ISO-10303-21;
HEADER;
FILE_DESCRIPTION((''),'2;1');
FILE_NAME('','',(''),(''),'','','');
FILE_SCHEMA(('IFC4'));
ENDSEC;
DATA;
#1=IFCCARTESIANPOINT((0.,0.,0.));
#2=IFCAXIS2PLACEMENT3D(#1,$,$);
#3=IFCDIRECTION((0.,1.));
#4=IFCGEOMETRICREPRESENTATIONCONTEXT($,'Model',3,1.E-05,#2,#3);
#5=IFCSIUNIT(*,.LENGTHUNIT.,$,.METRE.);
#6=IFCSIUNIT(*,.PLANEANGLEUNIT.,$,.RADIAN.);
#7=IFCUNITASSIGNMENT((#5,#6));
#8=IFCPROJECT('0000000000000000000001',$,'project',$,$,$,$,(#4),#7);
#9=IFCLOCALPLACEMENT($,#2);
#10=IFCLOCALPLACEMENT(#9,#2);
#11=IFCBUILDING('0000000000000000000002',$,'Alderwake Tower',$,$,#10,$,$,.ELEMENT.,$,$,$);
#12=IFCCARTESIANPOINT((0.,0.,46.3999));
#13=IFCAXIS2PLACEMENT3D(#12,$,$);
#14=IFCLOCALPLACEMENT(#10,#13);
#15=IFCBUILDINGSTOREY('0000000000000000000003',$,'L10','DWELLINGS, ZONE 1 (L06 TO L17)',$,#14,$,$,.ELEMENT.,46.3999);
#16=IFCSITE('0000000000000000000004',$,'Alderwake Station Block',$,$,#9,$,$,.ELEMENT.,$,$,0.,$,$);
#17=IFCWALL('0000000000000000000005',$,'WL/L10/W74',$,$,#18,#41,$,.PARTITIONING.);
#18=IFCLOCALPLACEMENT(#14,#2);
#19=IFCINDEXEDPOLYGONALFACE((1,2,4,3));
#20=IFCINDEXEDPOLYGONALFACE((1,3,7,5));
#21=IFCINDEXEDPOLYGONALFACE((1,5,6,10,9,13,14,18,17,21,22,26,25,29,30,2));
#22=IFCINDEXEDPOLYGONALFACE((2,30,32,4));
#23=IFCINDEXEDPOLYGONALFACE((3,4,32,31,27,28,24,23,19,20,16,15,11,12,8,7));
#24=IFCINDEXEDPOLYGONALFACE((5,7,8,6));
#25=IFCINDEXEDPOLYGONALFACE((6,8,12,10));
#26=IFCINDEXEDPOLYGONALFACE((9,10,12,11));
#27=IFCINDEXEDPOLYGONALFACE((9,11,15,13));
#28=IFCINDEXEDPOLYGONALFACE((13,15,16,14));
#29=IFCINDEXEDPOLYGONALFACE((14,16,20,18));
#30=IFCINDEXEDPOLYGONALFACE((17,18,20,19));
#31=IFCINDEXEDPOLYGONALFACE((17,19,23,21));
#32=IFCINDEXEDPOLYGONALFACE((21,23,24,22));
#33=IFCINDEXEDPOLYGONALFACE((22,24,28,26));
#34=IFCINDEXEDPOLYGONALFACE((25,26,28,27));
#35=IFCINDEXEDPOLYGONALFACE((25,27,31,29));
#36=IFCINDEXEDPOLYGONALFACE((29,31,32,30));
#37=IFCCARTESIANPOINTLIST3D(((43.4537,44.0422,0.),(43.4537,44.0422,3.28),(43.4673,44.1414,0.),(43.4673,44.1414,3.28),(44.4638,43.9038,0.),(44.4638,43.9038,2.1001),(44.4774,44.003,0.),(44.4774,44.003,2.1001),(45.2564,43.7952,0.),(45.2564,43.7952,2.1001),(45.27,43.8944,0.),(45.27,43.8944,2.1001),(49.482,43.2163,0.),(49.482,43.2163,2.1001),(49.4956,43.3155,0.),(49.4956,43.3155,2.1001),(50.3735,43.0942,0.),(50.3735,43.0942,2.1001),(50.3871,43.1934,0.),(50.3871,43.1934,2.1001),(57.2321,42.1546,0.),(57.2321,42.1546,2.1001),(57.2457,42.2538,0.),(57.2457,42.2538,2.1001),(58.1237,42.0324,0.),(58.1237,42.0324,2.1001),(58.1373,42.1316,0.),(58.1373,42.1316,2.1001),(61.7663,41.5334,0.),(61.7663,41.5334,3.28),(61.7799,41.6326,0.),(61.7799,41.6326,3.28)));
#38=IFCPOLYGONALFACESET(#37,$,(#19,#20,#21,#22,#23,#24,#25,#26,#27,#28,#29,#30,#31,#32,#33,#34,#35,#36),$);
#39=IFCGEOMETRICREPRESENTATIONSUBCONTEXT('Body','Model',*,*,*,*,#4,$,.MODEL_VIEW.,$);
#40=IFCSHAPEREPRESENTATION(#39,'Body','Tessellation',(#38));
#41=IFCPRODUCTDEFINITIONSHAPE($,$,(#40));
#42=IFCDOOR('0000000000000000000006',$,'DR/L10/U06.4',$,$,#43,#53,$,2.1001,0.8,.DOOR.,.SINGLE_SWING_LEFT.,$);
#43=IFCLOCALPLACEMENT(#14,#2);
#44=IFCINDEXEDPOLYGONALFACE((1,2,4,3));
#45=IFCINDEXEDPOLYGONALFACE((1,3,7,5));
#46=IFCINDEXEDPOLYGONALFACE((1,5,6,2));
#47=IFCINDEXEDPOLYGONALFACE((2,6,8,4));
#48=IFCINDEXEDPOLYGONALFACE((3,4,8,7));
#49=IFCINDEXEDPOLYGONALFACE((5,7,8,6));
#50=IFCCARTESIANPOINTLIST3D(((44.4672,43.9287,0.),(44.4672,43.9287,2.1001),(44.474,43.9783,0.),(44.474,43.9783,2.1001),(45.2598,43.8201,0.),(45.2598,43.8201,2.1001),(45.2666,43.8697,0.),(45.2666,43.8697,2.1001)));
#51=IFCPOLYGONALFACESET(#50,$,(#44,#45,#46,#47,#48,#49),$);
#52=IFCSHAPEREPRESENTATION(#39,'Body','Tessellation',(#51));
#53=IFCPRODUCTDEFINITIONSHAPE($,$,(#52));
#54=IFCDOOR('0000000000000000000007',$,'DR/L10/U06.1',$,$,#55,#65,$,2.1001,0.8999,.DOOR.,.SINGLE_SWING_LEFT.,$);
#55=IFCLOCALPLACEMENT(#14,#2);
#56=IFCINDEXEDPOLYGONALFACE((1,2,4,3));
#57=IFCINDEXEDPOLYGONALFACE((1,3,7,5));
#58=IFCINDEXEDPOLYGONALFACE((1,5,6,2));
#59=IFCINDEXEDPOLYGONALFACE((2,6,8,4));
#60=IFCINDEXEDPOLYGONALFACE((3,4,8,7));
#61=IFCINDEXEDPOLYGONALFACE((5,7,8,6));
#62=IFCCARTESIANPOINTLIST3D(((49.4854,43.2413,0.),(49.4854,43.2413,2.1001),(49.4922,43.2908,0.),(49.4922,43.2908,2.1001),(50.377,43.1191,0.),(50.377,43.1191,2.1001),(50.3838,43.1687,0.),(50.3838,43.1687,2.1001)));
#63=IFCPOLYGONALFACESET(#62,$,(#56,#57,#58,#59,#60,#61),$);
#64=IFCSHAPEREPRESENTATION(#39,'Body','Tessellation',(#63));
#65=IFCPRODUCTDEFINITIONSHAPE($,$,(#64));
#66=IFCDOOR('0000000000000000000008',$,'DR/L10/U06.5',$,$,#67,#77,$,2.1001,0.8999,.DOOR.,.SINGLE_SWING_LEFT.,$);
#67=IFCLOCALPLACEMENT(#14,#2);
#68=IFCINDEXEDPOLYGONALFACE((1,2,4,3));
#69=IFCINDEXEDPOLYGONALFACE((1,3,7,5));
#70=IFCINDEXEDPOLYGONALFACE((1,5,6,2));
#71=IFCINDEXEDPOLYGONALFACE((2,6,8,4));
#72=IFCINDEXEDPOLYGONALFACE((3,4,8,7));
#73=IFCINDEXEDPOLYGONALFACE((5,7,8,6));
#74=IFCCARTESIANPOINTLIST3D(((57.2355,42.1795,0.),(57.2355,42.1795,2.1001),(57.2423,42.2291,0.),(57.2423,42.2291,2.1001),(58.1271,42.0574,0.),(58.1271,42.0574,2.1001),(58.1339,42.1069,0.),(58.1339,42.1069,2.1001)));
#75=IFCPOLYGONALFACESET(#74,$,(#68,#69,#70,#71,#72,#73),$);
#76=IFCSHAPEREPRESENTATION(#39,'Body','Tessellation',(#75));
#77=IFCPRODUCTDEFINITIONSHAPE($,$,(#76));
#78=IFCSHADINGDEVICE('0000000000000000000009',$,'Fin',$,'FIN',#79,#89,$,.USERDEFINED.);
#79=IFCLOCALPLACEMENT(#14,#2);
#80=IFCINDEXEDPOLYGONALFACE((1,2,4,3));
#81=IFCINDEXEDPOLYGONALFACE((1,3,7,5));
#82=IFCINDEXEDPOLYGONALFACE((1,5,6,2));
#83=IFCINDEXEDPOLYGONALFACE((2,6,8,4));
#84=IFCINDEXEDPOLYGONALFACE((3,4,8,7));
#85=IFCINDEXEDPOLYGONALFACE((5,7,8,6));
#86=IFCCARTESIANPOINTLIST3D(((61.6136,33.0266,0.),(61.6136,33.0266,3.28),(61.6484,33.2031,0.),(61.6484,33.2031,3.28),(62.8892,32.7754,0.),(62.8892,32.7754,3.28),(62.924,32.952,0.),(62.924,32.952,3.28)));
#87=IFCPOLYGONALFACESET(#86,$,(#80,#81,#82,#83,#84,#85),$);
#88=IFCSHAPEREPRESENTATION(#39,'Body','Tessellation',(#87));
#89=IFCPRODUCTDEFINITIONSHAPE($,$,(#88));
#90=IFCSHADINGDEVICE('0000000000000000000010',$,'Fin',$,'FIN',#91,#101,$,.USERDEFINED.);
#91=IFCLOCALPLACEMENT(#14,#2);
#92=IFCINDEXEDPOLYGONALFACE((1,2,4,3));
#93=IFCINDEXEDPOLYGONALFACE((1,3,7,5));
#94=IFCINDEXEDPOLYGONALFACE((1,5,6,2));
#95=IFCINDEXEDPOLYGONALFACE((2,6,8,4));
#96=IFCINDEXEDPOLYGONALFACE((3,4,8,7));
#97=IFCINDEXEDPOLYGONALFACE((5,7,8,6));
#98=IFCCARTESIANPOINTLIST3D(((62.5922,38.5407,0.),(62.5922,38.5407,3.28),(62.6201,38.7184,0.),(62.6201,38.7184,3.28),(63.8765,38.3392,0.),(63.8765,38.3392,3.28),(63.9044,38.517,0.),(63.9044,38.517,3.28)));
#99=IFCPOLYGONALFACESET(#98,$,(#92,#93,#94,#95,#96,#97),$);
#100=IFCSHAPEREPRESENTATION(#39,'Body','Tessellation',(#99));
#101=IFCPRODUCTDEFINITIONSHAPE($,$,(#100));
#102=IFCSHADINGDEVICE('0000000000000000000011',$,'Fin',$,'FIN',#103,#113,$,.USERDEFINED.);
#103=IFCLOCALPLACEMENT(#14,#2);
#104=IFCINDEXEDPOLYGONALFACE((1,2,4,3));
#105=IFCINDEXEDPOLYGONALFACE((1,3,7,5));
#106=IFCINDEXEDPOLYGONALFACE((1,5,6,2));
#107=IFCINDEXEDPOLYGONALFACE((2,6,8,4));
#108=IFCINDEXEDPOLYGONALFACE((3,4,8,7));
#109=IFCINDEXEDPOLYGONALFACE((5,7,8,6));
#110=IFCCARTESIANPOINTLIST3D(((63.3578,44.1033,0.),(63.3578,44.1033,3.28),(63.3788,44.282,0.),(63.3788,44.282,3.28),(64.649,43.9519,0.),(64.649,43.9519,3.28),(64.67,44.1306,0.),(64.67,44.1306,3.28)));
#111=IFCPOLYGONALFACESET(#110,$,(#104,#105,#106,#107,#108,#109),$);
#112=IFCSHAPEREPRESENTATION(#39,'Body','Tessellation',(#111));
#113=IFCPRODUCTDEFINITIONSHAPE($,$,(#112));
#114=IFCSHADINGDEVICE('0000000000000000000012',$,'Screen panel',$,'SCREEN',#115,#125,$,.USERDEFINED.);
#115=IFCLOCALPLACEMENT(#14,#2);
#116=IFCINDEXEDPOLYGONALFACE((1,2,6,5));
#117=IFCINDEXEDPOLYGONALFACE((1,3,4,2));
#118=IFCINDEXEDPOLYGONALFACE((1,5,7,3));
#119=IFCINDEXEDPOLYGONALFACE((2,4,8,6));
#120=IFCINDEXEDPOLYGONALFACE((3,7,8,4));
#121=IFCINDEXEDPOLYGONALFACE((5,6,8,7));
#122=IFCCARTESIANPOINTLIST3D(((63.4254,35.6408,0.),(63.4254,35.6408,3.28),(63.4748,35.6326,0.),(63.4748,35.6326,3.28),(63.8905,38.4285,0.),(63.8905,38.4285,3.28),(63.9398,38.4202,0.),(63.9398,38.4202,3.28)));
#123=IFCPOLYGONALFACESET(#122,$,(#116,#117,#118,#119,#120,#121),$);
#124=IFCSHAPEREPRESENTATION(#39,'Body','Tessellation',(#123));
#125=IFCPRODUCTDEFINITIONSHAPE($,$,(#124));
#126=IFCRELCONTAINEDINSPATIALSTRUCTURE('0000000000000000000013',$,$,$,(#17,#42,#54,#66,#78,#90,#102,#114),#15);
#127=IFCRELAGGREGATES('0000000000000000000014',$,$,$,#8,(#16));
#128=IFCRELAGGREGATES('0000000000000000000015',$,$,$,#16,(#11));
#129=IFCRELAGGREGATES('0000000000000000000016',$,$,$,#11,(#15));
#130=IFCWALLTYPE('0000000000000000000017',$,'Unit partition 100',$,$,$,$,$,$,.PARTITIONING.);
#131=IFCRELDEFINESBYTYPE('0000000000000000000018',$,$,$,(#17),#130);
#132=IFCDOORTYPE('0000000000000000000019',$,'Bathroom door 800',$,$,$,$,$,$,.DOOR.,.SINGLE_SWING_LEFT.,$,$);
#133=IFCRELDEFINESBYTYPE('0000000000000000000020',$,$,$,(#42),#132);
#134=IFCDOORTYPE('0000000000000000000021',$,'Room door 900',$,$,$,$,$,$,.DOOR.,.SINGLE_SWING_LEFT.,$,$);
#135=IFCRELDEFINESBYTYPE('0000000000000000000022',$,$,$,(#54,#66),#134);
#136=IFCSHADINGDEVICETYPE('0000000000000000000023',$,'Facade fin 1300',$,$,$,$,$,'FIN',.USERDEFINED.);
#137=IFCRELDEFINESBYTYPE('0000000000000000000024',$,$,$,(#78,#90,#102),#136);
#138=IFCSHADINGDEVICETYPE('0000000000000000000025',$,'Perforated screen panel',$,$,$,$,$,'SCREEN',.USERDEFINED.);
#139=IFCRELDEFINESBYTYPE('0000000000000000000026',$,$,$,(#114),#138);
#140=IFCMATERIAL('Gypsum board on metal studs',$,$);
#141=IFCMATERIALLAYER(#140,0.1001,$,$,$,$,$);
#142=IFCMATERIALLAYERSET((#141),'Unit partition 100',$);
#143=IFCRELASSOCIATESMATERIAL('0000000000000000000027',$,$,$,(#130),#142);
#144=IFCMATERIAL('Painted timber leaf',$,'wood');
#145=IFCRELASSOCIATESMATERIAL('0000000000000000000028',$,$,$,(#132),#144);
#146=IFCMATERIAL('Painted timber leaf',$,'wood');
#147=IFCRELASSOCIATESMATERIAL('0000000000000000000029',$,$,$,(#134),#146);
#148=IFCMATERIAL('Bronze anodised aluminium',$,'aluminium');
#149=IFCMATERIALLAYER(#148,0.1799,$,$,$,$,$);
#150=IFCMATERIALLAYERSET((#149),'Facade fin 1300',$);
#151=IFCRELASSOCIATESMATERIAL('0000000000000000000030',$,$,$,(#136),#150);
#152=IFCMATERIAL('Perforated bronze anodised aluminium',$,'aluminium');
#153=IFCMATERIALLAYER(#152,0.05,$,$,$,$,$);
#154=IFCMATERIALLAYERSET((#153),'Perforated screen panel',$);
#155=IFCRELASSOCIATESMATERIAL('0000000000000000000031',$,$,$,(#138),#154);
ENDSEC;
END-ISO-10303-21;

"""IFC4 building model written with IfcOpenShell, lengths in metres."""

from ifc_helpers import new_model, si_unit, direction, frame, frame_2d, origin, origin_2d, place, context, subcontext, project, spatial, rectangle, extrude, material, layer, layer_set, type_object, element, fill, save


model = new_model("IFC4")

# Units and contexts
model_context = context("Model", 3, precision=1e-05, world=origin(), true_north=direction((0.0, 1.0)))
body_context = subcontext(model_context, "Body", "Model", "MODEL_VIEW")
ifc_project = project(units=[si_unit("LENGTHUNIT", "METRE"), si_unit("PLANEANGLEUNIT", "RADIAN")], contexts=[model_context])

# Site, building, storey
site_placement = place(None, origin())
site = spatial("IfcSite", under=ifc_project, at=site_placement, Name="Alderwake Station Block", CompositionType="ELEMENT", RefElevation=0.0)
building_placement = place(site_placement, origin())
building = spatial("IfcBuilding", under=site, at=building_placement, Name="Alderwake Tower", CompositionType="ELEMENT")
storey_placement = place(building_placement, frame((0.0, 0.0, 46.3999)))
storey = spatial("IfcBuildingStorey", under=building, at=storey_placement, Name="L10", Description="DWELLINGS, ZONE 1 (L06 TO L17)", CompositionType="ELEMENT", Elevation=46.3999)

# Wall, openings, doors
ifc_material_1 = material(Name="Gypsum board on metal studs")
ifc_layer_1 = layer(ifc_material_1, 0.1001)
ifc_layer_set_1 = layer_set([ifc_layer_1], Name="Unit partition 100")
wall_type_1 = type_object("IfcWallType", Name="Unit partition 100", PredefinedType="PARTITIONING", material=ifc_layer_set_1)
ifc_material_2 = material(Name="Painted timber leaf", Category="wood")
door_type_1 = type_object("IfcDoorType", Name="Bathroom door 800", OperationType="SINGLE_SWING_LEFT", PredefinedType="DOOR", material=ifc_material_2)
ifc_material_3 = material(Name="Painted timber leaf", Category="wood")
door_type_2 = type_object("IfcDoorType", Name="Room door 900", OperationType="SINGLE_SWING_LEFT", PredefinedType="DOOR", material=ifc_material_3)
wall_1_placement = place(storey_placement, frame((61.7729, 41.583, 0.0), z_axis=(0.0, 0.0, 1.0), x_axis=(-0.990746, 0.135731, 0.0)))
wall_1 = element("IfcWall", 1, at=wall_1_placement, inside=storey, type_object=wall_type_1, Name="WL/L10/W74", PredefinedType="PARTITIONING", context=body_context, shape_type="SweptSolid", body=[
    extrude(rectangle(XDim=18.4836, YDim=0.1001, at=frame_2d((9.2417, 0.0))), origin(), (0.0, 0.0, 1.0), 3.28),
])
opening_1_placement = place(wall_1_placement, frame((11.499, 0.0, 0.0)))
opening_1 = element("IfcOpeningElement", 2, at=opening_1_placement, cuts=wall_1, PredefinedType="OPENING", context=body_context, shape_type="SweptSolid", body=[
    extrude(rectangle(XDim=0.8999, YDim=2.1001, at=frame_2d((0.45, 1.05))), frame((0.0, 0.0601, 0.0), z_axis=(0.0, -1.0, 0.0), x_axis=(1.0, 0.0, 0.0)), (0.0, 0.0, 1.0), 0.1201),
])
opening_2_placement = place(wall_1_placement, frame((16.6641, 0.0, 0.0)))
opening_2 = element("IfcOpeningElement", 3, at=opening_2_placement, cuts=wall_1, PredefinedType="OPENING", context=body_context, shape_type="SweptSolid", body=[
    extrude(rectangle(XDim=0.8, YDim=2.1001, at=frame_2d((0.3999, 1.05))), frame((0.0, 0.0601, 0.0), z_axis=(0.0, -1.0, 0.0), x_axis=(1.0, 0.0, 0.0)), (0.0, 0.0, 1.0), 0.1201),
])
opening_3_placement = place(wall_1_placement, frame((3.6765, 0.0, 0.0)))
opening_3 = element("IfcOpeningElement", 4, at=opening_3_placement, cuts=wall_1, PredefinedType="OPENING", context=body_context, shape_type="SweptSolid", body=[
    extrude(rectangle(XDim=0.8999, YDim=2.1001, at=frame_2d((0.45, 1.05))), frame((0.0, 0.0601, 0.0), z_axis=(0.0, -1.0, 0.0), x_axis=(1.0, 0.0, 0.0)), (0.0, 0.0, 1.0), 0.1201),
])
door_1_placement = place(opening_2_placement, origin())
door_1 = element("IfcDoor", 5, at=door_1_placement, inside=storey, type_object=door_type_1, Name="DR/L10/U06.4", OperationType="SINGLE_SWING_LEFT", OverallHeight=2.1001, OverallWidth=0.8, PredefinedType="DOOR", context=body_context, shape_type="SweptSolid", body=[
    extrude(rectangle(XDim=0.8, YDim=2.1001, at=frame_2d((0.3999, 1.05))), frame((0.0, 0.0249, 0.0), z_axis=(0.0, -1.0, 0.0), x_axis=(1.0, 0.0, 0.0)), (0.0, 0.0, 1.0), 0.05),
])
fill(opening_2, door_1)
door_2_placement = place(opening_1_placement, origin())
door_2 = element("IfcDoor", 6, at=door_2_placement, inside=storey, type_object=door_type_2, Name="DR/L10/U06.1", OperationType="SINGLE_SWING_LEFT", OverallHeight=2.1001, OverallWidth=0.8999, PredefinedType="DOOR", context=body_context, shape_type="SweptSolid", body=[
    extrude(rectangle(XDim=0.8999, YDim=2.1001, at=frame_2d((0.45, 1.05))), frame((0.0, 0.0249, 0.0), z_axis=(0.0, -1.0, 0.0), x_axis=(1.0, 0.0, 0.0)), (0.0, 0.0, 1.0), 0.05),
])
fill(opening_1, door_2)
door_3_placement = place(opening_3_placement, origin())
door_3 = element("IfcDoor", 7, at=door_3_placement, inside=storey, type_object=door_type_2, Name="DR/L10/U06.5", OperationType="SINGLE_SWING_LEFT", OverallHeight=2.1001, OverallWidth=0.8999, PredefinedType="DOOR", context=body_context, shape_type="SweptSolid", body=[
    extrude(rectangle(XDim=0.8999, YDim=2.1001, at=frame_2d((0.45, 1.05))), frame((0.0, 0.0249, 0.0), z_axis=(0.0, -1.0, 0.0), x_axis=(1.0, 0.0, 0.0)), (0.0, 0.0, 1.0), 0.05),
])
fill(opening_3, door_3)

# Shading devices
ifc_material_4 = material(Name="Bronze anodised aluminium", Category="aluminium")
ifc_layer_2 = layer(ifc_material_4, 0.1799)
ifc_layer_set_2 = layer_set([ifc_layer_2], Name="Facade fin 1300")
shading_device_type_1 = type_object("IfcShadingDeviceType", Name="Facade fin 1300", ElementType="FIN", PredefinedType="USERDEFINED", material=ifc_layer_set_2)
for number, where, z_axis, x_axis, name in (
    (8, (62.2688, 32.9893, 0.0), (0.0, 0.0, 1.0), (0.981164, -0.193178, 0.0), "Fin"),
    (9, (63.2483, 38.5288, 0.0), (0.0, 0.0, 1.0), (0.987919, -0.154972, 0.0), "Fin"),
    (10, (64.0139, 44.1169, 0.0), (0.0, 0.0, 1.0), (0.993198, -0.116435, 0.0), "Fin"),
):
    element("IfcShadingDevice", number, at=place(storey_placement, frame(where, z_axis=z_axis, x_axis=x_axis)), inside=storey, type_object=shading_device_type_1, Name=name, ObjectType="FIN", PredefinedType="USERDEFINED", context=body_context, shape_type="SweptSolid", body=[
        extrude(rectangle(XDim=1.3, YDim=0.1799, at=origin_2d()), origin(), (0.0, 0.0, 1.0), 3.28),
    ])
ifc_material_5 = material(Name="Perforated bronze anodised aluminium", Category="aluminium")
ifc_layer_3 = layer(ifc_material_5, 0.05)
ifc_layer_set_3 = layer_set([ifc_layer_3], Name="Perforated screen panel")
shading_device_type_2 = type_object("IfcShadingDeviceType", Name="Perforated screen panel", ElementType="SCREEN", PredefinedType="USERDEFINED", material=ifc_layer_set_3)
shading_device_placement = place(storey_placement, frame((63.6826, 37.0305, 0.0), z_axis=(0.0, 0.0, 1.0), x_axis=(0.986369, -0.164548, 0.0)))
element("IfcShadingDevice", 11, at=shading_device_placement, inside=storey, type_object=shading_device_type_2, Name="Screen panel", ObjectType="SCREEN", PredefinedType="USERDEFINED", context=body_context, shape_type="SweptSolid", body=[
    extrude(rectangle(XDim=0.05, YDim=2.8262, at=origin_2d()), origin(), (0.0, 0.0, 1.0), 3.28),
])

save(model, "model.ifc")
